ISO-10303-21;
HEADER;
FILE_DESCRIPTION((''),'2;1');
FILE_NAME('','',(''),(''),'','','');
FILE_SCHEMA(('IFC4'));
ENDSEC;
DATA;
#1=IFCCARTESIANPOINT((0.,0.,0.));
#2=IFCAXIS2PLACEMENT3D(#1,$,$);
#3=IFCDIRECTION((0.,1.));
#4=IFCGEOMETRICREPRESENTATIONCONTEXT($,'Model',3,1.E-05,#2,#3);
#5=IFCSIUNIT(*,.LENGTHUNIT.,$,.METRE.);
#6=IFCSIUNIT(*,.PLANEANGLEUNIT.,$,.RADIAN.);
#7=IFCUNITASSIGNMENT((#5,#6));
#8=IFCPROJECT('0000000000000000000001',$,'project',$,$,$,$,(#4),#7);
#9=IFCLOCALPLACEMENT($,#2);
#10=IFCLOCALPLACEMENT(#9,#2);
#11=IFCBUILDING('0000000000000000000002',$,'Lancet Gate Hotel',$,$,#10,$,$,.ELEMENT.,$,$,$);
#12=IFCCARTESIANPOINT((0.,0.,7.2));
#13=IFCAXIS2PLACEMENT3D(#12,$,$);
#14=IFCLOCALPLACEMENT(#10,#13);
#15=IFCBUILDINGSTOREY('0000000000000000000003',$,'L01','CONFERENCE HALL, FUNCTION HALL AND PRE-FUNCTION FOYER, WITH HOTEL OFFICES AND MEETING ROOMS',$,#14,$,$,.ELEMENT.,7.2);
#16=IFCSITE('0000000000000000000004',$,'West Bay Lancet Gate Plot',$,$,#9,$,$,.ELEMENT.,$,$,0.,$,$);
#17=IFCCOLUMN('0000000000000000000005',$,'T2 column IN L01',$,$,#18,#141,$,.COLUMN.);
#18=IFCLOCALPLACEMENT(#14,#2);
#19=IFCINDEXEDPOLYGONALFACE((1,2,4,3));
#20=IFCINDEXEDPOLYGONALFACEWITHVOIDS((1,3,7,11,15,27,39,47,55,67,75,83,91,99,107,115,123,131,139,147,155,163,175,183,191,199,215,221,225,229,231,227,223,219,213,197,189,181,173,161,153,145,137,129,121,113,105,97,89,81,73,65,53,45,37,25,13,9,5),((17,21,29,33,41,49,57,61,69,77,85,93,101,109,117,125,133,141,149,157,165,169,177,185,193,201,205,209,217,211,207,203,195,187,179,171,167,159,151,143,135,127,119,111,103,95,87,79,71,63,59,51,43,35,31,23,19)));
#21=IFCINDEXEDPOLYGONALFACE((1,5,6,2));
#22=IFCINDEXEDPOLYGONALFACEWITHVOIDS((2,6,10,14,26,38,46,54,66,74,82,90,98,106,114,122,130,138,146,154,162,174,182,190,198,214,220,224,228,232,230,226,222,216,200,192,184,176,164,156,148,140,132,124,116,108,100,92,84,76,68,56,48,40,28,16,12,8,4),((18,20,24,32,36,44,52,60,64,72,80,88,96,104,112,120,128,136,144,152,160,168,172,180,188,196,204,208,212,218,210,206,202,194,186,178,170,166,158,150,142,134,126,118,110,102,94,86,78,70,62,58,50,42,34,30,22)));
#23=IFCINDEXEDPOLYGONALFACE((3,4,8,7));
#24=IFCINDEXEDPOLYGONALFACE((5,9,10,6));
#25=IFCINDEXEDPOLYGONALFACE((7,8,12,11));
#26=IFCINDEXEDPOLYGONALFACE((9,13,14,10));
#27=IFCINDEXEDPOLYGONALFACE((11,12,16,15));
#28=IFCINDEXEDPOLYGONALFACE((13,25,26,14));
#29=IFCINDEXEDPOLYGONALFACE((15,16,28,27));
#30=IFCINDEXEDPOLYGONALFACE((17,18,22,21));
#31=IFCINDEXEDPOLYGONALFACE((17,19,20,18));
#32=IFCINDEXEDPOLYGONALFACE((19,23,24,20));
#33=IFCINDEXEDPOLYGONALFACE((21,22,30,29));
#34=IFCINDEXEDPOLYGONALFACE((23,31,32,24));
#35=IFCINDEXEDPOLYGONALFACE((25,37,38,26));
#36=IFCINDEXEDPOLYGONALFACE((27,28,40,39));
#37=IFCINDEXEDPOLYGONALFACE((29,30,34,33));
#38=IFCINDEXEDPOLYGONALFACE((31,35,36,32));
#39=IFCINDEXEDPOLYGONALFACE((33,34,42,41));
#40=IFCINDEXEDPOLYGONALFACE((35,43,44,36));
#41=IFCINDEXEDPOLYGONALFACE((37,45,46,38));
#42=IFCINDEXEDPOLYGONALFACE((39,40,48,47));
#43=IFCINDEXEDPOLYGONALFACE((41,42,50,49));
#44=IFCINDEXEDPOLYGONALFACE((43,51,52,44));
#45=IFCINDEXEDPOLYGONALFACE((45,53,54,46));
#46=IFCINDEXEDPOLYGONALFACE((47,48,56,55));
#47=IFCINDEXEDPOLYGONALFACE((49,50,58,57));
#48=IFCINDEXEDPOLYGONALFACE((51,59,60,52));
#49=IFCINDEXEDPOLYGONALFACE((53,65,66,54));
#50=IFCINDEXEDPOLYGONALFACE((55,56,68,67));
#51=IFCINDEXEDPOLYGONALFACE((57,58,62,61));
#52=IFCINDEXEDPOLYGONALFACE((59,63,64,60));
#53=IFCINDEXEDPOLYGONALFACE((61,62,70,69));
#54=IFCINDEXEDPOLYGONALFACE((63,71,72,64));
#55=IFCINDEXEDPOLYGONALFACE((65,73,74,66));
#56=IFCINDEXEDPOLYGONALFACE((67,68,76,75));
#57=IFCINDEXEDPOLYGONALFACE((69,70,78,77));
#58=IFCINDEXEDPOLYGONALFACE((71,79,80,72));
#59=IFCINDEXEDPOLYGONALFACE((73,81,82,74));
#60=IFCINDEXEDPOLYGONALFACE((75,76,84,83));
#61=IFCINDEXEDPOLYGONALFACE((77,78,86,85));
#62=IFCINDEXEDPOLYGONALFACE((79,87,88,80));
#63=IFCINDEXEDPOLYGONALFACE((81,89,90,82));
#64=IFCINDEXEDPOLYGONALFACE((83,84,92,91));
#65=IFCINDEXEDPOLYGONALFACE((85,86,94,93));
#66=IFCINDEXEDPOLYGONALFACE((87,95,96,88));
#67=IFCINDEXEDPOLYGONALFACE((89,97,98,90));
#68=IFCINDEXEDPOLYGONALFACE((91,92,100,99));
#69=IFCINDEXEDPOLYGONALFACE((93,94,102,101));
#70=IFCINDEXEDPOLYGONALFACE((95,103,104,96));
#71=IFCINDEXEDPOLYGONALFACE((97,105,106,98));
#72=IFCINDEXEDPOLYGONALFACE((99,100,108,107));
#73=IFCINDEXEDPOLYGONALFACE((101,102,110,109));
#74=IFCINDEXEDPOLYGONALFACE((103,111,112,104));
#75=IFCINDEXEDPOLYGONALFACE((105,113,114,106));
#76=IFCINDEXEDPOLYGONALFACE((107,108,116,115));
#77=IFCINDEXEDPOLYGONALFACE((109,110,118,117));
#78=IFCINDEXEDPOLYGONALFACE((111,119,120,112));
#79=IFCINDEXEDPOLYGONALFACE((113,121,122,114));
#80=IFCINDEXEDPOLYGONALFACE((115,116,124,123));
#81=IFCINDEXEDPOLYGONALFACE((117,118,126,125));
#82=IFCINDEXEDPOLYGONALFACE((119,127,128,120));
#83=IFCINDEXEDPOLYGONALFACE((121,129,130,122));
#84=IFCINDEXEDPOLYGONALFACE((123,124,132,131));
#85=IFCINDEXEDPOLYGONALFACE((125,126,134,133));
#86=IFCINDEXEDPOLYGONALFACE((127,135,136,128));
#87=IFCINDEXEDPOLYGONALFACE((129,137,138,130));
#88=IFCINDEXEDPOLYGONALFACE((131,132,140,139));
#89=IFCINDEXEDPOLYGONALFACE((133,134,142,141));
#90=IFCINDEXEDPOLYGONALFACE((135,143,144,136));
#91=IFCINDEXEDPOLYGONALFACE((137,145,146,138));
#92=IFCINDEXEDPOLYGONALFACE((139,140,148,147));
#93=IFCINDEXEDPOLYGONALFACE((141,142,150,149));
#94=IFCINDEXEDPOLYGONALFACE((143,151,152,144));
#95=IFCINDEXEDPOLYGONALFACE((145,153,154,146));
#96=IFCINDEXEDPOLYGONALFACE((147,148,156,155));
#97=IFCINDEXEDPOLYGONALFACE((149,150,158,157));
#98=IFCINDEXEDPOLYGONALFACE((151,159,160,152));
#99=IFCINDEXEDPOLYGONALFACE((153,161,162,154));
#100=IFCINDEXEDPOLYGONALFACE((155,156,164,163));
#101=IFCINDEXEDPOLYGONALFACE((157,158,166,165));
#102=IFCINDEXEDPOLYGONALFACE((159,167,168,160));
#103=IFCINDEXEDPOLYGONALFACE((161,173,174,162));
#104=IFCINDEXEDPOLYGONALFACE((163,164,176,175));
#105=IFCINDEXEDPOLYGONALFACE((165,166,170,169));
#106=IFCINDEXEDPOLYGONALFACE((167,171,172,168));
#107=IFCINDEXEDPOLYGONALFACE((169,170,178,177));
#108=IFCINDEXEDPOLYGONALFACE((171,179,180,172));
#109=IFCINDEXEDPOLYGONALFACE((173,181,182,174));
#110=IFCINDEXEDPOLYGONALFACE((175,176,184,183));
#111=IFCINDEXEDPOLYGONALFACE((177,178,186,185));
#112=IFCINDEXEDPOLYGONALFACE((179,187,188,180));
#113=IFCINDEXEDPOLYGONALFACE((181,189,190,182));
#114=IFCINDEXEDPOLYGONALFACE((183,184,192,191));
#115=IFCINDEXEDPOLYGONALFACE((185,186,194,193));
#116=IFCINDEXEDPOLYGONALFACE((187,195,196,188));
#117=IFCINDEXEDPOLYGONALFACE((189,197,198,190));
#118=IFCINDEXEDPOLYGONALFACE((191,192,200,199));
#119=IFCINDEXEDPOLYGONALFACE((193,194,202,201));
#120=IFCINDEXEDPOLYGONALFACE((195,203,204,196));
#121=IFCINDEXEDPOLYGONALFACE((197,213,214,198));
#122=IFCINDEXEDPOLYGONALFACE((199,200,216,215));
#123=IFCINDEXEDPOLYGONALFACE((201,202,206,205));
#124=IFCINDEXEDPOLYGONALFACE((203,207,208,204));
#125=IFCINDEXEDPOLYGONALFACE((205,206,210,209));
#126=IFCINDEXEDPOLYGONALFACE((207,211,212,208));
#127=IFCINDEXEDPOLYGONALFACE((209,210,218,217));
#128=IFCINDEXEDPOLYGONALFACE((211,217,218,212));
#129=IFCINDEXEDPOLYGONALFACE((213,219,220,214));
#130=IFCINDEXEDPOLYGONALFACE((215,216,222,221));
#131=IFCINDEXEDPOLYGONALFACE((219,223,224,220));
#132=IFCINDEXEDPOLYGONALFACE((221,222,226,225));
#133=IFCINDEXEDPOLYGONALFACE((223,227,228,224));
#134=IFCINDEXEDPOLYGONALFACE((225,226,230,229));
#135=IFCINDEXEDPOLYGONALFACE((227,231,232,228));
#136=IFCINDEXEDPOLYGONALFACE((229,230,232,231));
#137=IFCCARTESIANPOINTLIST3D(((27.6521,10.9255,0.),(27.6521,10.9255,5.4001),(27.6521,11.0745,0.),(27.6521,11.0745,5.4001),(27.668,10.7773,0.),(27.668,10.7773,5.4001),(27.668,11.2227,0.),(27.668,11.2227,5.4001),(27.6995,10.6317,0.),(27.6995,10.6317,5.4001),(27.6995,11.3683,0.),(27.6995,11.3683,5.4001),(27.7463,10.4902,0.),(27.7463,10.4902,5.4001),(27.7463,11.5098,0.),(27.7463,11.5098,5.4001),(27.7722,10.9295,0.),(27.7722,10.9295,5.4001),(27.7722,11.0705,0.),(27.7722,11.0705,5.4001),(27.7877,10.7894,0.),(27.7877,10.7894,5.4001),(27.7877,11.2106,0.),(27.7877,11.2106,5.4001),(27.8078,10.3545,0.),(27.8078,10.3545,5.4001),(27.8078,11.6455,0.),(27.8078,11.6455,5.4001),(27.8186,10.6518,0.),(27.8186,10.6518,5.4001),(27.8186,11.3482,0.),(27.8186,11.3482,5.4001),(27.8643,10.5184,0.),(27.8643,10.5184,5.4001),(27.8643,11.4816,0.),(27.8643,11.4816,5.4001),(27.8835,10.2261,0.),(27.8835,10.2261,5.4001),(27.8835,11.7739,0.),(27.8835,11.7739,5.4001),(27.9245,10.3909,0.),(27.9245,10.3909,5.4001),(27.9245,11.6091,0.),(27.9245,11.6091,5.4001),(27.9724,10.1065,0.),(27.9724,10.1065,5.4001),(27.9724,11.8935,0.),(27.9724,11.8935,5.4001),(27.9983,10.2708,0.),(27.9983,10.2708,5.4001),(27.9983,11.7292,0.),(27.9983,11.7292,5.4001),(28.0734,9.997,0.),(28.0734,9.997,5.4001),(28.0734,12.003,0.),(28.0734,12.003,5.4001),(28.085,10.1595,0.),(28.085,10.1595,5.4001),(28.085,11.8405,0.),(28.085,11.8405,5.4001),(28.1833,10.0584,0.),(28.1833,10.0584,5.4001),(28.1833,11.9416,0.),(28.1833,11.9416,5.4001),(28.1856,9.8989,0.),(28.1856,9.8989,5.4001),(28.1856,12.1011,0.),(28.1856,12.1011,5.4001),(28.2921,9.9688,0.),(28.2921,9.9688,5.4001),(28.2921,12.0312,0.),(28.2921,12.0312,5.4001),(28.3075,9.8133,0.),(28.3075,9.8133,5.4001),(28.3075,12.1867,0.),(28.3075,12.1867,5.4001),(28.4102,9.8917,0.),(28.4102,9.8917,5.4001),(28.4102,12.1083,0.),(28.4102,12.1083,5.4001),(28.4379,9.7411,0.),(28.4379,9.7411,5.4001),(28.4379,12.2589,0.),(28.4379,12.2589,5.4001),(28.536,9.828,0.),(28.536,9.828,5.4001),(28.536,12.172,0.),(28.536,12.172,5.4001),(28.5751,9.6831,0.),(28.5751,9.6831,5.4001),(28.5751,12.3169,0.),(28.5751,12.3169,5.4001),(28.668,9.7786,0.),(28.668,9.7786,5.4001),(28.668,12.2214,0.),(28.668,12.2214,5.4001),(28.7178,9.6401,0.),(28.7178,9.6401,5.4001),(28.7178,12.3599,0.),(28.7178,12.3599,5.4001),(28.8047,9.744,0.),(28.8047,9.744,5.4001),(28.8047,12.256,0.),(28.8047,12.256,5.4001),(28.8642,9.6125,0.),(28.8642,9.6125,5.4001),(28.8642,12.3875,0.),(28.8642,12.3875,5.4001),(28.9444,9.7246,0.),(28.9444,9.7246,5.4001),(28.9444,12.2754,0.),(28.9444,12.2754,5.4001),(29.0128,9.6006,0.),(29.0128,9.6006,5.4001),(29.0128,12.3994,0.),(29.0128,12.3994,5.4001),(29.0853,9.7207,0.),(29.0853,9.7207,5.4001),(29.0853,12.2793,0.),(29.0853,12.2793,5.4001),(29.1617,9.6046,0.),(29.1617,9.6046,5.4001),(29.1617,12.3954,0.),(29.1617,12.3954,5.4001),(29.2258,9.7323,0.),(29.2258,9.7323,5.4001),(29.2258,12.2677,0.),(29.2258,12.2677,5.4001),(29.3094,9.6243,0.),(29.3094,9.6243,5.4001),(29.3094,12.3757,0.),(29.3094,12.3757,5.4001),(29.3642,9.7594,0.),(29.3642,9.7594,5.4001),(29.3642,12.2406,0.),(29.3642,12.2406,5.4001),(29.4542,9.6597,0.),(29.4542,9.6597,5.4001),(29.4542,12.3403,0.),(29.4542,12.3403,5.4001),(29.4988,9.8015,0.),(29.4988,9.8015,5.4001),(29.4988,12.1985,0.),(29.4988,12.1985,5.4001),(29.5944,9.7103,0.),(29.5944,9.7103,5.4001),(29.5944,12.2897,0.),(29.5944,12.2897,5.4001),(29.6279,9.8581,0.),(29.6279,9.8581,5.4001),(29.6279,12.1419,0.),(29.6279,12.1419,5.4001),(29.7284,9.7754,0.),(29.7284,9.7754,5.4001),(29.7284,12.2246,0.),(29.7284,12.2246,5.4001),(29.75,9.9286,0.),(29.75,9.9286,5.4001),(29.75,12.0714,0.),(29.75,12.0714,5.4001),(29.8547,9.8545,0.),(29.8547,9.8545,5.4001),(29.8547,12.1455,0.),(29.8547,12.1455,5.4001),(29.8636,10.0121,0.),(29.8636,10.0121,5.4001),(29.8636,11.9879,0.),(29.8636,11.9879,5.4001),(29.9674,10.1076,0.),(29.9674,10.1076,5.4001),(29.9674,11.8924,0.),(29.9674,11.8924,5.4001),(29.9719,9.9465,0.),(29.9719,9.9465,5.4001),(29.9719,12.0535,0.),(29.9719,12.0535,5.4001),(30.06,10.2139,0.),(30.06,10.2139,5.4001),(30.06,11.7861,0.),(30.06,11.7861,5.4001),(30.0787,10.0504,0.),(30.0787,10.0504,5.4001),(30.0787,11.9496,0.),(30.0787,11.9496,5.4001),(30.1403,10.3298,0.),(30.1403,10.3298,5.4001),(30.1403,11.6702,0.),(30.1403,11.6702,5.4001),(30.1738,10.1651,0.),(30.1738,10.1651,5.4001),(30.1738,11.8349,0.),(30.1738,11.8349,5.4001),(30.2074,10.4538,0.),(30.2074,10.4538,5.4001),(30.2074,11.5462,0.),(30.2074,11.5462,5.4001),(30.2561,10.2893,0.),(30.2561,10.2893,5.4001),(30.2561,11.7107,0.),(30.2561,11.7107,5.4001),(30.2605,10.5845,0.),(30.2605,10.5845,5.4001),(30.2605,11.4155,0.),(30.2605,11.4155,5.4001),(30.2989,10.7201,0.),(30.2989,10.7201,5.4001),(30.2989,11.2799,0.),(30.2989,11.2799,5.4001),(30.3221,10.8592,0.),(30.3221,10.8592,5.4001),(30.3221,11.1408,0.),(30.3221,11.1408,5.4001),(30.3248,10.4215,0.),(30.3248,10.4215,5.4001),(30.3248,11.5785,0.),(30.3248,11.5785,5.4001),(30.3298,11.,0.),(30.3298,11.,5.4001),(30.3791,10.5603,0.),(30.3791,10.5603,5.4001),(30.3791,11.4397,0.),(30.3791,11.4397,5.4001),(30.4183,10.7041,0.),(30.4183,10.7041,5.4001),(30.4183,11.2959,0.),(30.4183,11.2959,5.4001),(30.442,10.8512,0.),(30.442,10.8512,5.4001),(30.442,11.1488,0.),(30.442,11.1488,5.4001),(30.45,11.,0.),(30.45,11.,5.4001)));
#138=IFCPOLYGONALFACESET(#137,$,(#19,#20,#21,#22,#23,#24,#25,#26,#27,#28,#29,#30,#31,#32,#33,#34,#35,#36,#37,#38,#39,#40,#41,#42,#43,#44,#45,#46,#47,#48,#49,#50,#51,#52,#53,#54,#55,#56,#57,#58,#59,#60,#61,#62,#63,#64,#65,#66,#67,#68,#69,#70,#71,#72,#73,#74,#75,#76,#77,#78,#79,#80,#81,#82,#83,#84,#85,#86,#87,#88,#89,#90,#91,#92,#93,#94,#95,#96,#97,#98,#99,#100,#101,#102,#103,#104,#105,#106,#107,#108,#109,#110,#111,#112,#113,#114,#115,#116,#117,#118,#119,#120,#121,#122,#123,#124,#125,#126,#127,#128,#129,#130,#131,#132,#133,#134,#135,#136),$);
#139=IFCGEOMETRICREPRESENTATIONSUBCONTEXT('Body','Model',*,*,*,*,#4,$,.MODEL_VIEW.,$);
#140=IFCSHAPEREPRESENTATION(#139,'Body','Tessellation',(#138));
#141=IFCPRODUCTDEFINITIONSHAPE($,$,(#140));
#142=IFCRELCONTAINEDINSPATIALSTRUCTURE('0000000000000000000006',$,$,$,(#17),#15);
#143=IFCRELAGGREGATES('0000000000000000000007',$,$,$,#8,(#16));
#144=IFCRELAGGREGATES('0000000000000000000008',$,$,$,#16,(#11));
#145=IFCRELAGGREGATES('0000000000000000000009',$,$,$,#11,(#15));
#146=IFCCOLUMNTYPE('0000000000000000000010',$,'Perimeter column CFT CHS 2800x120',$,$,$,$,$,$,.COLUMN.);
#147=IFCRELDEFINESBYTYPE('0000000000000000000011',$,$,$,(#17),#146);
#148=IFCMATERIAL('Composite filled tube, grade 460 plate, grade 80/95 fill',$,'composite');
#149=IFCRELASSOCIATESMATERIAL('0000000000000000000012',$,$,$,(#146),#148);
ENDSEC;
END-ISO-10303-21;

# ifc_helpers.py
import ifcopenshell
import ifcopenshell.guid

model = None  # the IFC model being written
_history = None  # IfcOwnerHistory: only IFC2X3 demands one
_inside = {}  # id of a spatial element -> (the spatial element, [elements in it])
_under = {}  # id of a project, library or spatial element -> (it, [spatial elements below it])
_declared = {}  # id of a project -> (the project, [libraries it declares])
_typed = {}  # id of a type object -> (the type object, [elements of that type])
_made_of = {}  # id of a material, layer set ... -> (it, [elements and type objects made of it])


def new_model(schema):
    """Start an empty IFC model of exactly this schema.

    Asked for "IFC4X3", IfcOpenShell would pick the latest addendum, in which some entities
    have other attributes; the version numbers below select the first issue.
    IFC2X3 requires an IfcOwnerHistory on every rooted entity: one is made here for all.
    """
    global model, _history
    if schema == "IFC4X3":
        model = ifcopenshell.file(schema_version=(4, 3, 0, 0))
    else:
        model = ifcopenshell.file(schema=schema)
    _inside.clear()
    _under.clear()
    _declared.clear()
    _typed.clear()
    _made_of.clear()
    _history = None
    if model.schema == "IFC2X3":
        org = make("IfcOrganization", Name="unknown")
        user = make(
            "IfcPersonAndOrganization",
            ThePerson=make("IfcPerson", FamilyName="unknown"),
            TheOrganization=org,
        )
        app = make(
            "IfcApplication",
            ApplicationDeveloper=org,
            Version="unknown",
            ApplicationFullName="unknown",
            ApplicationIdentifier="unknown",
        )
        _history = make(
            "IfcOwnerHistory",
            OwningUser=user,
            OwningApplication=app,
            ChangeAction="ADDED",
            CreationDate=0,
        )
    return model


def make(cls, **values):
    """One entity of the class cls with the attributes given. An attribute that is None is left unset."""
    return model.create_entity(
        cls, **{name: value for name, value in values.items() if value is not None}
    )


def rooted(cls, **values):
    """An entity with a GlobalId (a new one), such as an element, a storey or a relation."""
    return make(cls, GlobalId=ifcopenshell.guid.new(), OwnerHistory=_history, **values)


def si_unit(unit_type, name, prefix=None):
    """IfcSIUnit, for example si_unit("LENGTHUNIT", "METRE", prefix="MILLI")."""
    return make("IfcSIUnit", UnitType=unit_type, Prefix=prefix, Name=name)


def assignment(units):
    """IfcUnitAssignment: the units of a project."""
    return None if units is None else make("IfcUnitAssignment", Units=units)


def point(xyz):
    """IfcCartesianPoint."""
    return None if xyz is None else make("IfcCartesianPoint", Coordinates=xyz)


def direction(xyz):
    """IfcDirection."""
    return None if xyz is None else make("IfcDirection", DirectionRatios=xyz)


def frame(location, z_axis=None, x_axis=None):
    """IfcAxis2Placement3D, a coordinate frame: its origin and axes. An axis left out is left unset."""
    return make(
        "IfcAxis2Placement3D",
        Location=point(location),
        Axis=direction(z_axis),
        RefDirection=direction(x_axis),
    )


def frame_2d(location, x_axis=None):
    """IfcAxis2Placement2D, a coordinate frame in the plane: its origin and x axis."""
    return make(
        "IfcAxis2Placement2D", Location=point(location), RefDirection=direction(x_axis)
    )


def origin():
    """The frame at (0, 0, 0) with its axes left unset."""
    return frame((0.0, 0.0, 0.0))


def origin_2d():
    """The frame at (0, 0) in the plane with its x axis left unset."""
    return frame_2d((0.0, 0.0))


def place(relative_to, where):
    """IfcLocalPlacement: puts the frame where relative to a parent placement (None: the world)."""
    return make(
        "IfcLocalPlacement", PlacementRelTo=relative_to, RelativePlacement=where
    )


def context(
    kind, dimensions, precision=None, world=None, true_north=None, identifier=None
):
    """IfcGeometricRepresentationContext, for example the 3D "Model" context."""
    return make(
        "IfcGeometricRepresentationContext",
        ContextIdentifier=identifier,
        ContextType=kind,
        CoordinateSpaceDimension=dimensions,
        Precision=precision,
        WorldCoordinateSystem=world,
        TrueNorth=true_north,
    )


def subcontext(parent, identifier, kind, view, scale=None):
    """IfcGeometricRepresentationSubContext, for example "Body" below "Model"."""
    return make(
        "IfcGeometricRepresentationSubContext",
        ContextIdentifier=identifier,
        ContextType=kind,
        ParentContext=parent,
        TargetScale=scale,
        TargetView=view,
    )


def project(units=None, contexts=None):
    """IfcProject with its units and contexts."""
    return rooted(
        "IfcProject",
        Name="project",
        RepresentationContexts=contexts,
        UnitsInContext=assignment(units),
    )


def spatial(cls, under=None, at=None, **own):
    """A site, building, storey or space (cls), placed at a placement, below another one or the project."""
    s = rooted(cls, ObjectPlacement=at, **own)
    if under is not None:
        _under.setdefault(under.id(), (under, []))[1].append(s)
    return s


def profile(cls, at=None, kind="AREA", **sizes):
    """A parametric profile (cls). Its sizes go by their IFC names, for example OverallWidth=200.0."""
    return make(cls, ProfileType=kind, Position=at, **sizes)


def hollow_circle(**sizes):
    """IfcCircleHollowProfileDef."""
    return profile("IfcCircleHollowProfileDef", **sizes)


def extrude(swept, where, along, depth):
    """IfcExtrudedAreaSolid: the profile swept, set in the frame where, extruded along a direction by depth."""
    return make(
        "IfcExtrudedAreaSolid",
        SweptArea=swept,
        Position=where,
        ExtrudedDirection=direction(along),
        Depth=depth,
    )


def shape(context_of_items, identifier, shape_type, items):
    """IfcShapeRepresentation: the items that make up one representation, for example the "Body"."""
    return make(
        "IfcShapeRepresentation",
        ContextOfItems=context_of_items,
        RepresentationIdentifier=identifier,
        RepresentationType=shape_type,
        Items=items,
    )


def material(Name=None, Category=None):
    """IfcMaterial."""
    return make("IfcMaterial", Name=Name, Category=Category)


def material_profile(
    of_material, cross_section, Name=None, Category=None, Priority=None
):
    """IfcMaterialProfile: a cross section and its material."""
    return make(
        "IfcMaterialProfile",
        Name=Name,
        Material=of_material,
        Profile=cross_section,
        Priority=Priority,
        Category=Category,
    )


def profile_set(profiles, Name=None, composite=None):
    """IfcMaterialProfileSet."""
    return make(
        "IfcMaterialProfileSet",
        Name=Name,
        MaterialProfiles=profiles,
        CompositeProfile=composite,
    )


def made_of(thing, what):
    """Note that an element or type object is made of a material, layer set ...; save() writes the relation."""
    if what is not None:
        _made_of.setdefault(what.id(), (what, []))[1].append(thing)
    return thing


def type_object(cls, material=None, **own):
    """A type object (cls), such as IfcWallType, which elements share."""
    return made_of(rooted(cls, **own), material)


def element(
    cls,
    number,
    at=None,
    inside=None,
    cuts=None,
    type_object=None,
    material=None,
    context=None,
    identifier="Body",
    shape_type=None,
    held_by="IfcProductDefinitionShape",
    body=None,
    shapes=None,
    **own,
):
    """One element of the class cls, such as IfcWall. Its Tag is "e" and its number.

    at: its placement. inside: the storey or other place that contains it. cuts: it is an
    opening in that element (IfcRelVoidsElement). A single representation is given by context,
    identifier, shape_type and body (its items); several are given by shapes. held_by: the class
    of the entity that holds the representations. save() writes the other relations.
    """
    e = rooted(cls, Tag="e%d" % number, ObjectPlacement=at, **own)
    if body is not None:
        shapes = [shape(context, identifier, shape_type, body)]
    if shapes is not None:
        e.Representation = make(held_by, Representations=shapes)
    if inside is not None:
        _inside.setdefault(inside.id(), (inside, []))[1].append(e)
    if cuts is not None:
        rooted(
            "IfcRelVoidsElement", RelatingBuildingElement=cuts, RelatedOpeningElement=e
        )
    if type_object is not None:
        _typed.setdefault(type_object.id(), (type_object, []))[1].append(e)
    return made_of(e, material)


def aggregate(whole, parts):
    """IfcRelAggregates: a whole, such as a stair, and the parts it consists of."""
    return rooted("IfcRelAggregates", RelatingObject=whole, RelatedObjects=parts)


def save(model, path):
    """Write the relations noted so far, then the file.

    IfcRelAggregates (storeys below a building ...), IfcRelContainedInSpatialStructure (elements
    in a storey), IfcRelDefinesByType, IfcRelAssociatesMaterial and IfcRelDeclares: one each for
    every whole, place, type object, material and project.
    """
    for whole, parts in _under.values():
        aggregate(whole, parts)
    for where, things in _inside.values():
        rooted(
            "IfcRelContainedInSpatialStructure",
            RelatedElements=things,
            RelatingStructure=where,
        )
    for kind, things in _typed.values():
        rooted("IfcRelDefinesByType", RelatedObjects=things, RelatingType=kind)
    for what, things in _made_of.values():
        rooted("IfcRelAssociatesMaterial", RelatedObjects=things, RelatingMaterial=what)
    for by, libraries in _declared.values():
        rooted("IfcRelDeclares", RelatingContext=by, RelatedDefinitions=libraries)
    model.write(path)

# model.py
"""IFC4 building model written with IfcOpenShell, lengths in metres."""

from ifc_helpers import new_model, si_unit, direction, frame, origin, origin_2d, place, context, subcontext, project, spatial, hollow_circle, extrude, material, material_profile, profile_set, type_object, element, save


model = new_model("IFC4")

# Units and contexts
model_context = context("Model", 3, precision=1e-05, world=origin(), true_north=direction((0.0, 1.0)))
body_context = subcontext(model_context, "Body", "Model", "MODEL_VIEW")
ifc_project = project(units=[si_unit("LENGTHUNIT", "METRE"), si_unit("PLANEANGLEUNIT", "RADIAN")], contexts=[model_context])

# Site, building, storey
site_placement = place(None, origin())
site = spatial("IfcSite", under=ifc_project, at=site_placement, Name="West Bay Lancet Gate Plot", CompositionType="ELEMENT", RefElevation=0.0)
building_placement = place(site_placement, origin())
building = spatial("IfcBuilding", under=site, at=building_placement, Name="Lancet Gate Hotel", CompositionType="ELEMENT")
storey_placement = place(building_placement, frame((0.0, 0.0, 7.2)))
storey = spatial("IfcBuildingStorey", under=building, at=storey_placement, Name="L01", Description="CONFERENCE HALL, FUNCTION HALL AND PRE-FUNCTION FOYER, WITH HOTEL OFFICES AND MEETING ROOMS", CompositionType="ELEMENT", Elevation=7.2)

# Column
ifc_material_1 = material(Name="Composite filled tube, grade 460 plate, grade 80/95 fill", Category="composite")
ifc_material_profile_1 = material_profile(ifc_material_1, hollow_circle(Radius=1.3999, WallThickness=0.1201, at=origin_2d()), Name="CHS 2800x120")
ifc_profile_set_1 = profile_set([ifc_material_profile_1], Name="Composite filled tube, grade 460 plate, grade 80/95 fill")
column_type_1 = type_object("IfcColumnType", Name="Perimeter column CFT CHS 2800x120", PredefinedType="COLUMN", material=ifc_profile_set_1)
for number, where, z_axis, x_axis, name in (
    (1, (29.05, 11.0, 0.0), (0.0, 0.0, 1.0), (1.0, 0.0, 0.0), "T2 column IN L01"),
):
    element("IfcColumn", number, at=place(storey_placement, frame(where, z_axis=z_axis, x_axis=x_axis)), inside=storey, type_object=column_type_1, Name=name, PredefinedType="COLUMN", context=body_context, shape_type="SweptSolid", body=[
        extrude(hollow_circle(Radius=1.3999, WallThickness=0.1201, at=origin_2d()), origin(), (0.0, 0.0, 1.0), 5.4001),
    ])

save(model, "model.ifc")
